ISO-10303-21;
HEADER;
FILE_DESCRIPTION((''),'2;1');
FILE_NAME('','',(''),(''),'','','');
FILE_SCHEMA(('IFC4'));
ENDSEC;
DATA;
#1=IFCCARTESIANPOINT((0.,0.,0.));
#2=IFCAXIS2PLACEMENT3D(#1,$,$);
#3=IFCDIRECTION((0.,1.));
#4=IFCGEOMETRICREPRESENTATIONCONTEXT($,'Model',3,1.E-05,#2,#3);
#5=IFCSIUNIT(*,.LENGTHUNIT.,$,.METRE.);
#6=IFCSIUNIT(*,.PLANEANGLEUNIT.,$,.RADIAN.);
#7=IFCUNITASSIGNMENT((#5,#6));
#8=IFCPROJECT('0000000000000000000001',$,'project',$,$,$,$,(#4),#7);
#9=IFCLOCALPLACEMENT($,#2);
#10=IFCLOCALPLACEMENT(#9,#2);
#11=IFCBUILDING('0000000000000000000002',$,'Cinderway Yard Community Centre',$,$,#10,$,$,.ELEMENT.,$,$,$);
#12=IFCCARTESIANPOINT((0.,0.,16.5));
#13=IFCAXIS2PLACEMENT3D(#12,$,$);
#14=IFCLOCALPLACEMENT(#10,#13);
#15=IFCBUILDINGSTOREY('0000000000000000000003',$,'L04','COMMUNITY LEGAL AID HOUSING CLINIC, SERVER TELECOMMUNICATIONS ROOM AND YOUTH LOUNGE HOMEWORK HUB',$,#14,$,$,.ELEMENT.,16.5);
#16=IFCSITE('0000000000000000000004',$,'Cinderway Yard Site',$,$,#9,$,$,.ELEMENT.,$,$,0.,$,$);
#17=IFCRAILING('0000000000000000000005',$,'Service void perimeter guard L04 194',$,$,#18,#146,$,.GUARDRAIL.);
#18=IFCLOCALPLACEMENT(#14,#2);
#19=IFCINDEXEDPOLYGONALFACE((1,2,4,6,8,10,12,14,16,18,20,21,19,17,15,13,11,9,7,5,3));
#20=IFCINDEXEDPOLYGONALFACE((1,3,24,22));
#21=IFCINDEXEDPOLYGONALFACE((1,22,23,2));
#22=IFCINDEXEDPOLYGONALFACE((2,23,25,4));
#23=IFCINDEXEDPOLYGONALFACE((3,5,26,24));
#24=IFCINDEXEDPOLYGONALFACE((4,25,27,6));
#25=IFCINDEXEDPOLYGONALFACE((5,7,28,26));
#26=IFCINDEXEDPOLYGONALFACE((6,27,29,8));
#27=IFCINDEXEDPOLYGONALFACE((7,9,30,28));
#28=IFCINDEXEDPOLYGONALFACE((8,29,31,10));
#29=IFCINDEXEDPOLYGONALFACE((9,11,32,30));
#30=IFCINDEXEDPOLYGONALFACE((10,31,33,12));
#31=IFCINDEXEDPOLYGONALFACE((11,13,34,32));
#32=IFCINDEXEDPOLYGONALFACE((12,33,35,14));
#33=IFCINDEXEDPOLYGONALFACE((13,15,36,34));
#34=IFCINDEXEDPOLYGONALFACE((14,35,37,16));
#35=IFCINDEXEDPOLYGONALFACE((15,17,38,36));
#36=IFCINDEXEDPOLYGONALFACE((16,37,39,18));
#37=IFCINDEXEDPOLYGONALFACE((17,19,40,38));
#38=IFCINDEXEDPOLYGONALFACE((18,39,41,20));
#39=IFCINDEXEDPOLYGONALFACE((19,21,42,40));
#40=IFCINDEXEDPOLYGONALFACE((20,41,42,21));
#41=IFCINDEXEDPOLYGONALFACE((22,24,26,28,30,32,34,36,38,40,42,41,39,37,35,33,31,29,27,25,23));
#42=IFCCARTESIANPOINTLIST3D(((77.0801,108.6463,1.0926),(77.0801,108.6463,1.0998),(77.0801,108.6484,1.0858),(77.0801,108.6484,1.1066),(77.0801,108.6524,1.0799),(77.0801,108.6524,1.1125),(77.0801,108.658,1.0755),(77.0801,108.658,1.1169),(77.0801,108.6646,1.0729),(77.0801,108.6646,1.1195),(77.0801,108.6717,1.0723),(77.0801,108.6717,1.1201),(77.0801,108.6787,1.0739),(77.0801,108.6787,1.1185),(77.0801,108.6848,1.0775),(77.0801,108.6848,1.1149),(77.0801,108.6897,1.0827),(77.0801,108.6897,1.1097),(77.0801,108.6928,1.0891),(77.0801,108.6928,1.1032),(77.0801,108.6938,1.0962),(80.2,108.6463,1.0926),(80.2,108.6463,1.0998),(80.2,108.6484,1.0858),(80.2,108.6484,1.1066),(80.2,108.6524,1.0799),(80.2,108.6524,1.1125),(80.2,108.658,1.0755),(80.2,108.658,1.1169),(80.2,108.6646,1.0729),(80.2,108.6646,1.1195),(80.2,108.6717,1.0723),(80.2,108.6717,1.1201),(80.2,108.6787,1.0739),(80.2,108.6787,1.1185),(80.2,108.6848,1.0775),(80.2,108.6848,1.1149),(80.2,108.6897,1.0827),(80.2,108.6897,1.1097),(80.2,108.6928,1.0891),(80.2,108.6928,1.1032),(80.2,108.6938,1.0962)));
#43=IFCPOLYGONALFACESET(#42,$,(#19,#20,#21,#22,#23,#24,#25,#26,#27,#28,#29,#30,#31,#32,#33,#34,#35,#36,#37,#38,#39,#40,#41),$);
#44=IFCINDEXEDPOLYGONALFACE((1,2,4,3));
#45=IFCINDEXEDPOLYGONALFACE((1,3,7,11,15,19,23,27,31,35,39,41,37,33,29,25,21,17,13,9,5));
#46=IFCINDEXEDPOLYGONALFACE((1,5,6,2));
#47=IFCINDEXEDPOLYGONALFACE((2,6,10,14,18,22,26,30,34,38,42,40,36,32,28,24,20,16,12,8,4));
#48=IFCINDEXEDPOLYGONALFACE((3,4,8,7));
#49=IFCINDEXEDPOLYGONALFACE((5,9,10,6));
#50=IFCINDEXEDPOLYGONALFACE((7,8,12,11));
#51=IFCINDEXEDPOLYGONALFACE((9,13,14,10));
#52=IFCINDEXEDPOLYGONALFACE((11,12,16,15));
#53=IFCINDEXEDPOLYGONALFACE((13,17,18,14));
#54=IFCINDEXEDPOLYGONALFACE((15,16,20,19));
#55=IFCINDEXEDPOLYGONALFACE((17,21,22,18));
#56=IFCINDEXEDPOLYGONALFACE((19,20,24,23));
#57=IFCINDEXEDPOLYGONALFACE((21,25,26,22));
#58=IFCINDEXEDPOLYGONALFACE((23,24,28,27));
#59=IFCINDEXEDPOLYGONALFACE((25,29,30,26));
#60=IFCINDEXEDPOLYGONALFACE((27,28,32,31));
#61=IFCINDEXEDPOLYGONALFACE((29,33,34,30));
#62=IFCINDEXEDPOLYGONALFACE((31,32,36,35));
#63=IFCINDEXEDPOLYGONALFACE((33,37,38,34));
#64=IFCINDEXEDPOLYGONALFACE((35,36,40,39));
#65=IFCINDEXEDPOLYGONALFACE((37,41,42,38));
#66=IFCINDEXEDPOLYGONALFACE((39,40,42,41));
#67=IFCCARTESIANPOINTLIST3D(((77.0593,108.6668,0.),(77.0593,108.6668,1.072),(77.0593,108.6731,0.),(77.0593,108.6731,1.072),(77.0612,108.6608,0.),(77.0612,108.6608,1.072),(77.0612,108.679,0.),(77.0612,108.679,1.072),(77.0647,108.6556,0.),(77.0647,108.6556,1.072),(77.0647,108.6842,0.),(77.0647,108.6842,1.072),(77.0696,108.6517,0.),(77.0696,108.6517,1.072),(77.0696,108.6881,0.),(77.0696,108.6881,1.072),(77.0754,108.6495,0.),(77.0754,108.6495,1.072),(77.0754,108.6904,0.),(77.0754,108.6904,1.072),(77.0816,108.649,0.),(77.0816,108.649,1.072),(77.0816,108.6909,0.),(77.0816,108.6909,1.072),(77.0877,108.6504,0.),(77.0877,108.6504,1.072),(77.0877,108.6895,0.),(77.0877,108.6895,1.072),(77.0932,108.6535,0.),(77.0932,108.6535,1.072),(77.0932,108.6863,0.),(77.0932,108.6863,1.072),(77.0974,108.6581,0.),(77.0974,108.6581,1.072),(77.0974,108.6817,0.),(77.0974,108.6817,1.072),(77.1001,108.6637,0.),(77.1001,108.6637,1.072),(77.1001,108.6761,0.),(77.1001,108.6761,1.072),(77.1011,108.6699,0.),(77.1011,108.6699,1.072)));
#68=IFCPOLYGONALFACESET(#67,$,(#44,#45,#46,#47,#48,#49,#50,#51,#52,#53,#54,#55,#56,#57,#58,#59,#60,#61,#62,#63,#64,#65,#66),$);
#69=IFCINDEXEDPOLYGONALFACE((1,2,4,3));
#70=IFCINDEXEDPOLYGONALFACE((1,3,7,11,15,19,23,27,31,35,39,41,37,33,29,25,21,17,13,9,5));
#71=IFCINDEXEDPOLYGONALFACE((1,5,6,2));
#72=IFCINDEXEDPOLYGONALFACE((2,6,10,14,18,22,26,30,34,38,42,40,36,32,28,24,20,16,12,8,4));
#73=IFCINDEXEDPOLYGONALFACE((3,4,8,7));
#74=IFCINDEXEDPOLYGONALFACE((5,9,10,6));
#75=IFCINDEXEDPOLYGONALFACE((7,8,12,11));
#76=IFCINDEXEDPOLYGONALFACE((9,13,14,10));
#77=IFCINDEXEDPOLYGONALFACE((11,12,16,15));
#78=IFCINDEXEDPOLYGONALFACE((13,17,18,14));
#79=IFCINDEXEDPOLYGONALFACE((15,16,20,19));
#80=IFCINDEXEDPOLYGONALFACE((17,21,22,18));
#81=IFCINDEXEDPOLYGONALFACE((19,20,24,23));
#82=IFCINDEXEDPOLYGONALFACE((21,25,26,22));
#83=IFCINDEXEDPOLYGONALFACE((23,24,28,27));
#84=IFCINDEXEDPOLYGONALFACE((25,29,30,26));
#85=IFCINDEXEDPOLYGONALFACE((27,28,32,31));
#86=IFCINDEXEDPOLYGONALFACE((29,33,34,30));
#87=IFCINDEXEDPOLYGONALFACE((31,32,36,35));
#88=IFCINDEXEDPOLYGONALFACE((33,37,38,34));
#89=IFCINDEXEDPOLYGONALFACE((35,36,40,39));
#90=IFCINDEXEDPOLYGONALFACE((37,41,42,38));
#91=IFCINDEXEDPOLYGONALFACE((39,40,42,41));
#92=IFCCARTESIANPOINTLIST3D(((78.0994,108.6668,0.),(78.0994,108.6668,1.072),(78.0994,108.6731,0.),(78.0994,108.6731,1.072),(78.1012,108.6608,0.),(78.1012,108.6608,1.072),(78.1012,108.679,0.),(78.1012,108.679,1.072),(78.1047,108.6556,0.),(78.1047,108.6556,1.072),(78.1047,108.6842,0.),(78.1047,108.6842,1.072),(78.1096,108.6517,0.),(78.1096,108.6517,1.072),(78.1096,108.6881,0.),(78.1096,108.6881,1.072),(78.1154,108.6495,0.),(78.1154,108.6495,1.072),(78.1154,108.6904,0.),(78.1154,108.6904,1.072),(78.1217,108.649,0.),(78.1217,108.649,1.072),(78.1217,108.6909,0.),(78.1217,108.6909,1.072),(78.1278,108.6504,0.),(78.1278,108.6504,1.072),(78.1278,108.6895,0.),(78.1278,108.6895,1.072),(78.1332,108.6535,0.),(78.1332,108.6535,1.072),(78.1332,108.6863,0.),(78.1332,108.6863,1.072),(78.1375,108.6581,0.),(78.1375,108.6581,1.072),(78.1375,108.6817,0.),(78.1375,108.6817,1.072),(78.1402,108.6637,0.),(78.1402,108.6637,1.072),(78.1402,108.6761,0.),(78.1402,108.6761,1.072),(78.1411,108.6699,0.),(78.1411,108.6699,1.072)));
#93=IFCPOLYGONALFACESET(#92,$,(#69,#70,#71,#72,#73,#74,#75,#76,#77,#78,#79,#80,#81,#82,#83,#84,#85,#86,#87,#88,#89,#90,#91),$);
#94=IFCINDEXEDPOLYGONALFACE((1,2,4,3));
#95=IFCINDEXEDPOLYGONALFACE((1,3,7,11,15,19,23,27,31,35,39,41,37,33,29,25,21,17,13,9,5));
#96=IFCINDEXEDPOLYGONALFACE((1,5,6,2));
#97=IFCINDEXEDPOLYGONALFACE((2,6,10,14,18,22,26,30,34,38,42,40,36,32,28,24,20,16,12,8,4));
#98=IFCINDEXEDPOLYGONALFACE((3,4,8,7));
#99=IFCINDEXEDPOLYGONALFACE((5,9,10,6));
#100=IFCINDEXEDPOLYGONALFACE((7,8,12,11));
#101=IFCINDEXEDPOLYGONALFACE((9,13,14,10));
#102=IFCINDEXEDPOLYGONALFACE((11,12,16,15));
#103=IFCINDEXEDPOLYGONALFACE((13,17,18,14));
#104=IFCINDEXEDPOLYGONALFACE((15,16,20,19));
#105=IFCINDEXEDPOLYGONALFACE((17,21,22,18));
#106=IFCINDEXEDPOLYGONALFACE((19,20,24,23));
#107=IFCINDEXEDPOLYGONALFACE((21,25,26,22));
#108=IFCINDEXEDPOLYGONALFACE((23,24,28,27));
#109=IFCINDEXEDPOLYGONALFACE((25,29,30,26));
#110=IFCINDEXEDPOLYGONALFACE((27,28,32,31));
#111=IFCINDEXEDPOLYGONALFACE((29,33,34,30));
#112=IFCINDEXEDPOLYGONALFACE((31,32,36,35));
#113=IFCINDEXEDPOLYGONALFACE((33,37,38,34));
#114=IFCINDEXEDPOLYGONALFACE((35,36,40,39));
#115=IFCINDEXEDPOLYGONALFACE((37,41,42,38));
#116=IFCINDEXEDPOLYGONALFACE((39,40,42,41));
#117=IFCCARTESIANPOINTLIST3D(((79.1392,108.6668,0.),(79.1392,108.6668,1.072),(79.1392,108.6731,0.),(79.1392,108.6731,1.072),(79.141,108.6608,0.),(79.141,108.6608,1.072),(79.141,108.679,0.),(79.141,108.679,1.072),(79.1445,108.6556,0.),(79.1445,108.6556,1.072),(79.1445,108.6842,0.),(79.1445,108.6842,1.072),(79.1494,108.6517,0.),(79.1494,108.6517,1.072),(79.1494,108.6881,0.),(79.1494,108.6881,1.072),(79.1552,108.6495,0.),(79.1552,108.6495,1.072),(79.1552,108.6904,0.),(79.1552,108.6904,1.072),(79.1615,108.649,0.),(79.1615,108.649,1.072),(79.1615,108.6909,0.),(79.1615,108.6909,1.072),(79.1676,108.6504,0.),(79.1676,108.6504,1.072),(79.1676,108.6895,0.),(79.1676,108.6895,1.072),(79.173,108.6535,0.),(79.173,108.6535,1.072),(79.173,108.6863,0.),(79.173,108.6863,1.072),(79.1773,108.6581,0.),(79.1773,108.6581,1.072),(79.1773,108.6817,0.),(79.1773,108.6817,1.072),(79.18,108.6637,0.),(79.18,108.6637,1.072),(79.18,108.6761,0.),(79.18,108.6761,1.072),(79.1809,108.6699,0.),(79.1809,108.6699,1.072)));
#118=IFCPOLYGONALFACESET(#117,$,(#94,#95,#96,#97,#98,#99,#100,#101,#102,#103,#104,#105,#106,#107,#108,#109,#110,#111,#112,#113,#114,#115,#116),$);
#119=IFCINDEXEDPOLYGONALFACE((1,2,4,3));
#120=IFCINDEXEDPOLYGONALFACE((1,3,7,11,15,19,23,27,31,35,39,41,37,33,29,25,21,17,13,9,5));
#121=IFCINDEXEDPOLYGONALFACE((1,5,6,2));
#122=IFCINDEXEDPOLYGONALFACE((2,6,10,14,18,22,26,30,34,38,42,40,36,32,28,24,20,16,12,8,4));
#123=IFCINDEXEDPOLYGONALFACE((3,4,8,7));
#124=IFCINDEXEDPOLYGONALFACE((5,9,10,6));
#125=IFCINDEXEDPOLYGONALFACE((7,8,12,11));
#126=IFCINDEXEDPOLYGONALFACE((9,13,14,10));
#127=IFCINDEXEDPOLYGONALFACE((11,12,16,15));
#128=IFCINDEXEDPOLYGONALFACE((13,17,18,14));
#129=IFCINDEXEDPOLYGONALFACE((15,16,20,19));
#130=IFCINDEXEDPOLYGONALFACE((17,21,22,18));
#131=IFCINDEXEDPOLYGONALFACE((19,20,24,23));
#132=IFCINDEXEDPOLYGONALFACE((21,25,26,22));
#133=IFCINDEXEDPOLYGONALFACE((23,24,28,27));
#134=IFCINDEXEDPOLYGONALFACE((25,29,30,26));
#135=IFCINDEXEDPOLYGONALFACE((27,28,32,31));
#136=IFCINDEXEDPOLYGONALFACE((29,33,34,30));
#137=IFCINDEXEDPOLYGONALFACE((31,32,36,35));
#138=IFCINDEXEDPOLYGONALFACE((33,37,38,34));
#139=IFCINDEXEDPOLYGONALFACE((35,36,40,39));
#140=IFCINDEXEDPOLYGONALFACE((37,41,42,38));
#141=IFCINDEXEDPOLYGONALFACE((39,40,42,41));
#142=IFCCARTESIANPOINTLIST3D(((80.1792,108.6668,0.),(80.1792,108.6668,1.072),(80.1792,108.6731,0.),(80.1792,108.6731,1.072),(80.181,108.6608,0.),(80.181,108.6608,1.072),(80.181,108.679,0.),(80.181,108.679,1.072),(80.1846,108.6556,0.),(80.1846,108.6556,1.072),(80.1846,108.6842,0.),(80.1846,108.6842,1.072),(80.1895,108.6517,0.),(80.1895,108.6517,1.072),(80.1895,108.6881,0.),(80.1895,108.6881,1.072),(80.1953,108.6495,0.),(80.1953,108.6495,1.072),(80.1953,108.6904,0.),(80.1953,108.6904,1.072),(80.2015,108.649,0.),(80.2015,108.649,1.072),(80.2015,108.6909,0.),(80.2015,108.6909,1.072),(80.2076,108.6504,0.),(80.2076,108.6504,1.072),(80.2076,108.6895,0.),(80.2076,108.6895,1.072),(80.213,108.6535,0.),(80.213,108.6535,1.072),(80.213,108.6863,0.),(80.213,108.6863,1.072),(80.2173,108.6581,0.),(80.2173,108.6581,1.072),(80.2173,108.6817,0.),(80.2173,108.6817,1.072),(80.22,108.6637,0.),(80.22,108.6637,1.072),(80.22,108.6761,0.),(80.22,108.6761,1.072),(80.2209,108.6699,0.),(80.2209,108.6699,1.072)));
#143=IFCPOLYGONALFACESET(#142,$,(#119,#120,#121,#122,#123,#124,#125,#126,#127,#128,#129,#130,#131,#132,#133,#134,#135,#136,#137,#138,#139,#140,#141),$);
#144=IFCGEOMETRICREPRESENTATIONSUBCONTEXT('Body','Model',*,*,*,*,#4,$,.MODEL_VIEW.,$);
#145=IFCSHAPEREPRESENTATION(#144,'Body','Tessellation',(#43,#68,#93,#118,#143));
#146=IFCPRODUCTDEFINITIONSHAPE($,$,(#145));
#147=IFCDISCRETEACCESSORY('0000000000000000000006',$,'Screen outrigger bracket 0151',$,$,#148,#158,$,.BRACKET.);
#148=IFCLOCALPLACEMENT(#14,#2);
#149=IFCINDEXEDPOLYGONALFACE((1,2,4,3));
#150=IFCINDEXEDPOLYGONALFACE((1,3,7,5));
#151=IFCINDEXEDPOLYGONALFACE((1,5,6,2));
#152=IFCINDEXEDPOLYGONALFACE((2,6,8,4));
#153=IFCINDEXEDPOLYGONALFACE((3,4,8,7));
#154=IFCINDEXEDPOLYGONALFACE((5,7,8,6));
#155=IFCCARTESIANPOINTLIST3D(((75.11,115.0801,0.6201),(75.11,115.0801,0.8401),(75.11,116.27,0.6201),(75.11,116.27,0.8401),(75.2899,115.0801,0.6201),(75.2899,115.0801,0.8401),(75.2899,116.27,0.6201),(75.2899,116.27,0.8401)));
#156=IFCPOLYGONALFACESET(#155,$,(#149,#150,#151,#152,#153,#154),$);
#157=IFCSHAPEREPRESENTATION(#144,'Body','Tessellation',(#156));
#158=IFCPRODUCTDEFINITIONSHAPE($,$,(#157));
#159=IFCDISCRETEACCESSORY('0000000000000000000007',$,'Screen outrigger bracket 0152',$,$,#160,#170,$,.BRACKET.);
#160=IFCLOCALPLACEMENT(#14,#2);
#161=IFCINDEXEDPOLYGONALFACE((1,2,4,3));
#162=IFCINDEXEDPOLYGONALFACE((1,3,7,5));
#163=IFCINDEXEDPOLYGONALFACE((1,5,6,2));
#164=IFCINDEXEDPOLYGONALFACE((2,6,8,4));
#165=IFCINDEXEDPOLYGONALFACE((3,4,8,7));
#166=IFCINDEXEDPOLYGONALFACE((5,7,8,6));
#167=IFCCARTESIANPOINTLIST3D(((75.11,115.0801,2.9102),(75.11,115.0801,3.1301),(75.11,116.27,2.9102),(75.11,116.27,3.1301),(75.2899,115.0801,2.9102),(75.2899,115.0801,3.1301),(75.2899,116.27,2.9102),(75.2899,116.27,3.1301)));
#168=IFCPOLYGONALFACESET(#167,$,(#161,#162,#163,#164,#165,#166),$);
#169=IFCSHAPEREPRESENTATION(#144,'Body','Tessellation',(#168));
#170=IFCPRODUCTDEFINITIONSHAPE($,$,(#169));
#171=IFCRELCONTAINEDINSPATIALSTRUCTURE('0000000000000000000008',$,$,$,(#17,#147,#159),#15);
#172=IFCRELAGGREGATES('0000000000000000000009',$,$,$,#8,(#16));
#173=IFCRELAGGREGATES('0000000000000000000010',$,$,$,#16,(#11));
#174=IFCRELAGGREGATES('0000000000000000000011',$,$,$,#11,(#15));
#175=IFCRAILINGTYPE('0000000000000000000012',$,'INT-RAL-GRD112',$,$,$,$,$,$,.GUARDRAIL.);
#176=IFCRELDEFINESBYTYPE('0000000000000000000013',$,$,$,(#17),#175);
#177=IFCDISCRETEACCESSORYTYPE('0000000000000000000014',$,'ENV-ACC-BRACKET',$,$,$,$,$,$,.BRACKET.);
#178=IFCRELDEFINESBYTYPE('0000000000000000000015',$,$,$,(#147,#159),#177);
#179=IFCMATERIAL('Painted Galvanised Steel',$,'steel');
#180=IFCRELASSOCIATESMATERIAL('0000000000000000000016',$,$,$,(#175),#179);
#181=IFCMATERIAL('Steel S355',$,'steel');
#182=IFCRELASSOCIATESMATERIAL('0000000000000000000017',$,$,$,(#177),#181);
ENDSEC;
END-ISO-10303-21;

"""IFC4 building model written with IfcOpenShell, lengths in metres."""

from ifc_helpers import new_model, si_unit, direction, frame, origin, origin_2d, place, context, subcontext, project, spatial, rectangle, circle, extrude, material, type_object, element, save


model = new_model("IFC4")

# Units and contexts
model_context = context("Model", 3, precision=1e-05, world=origin(), true_north=direction((0.0, 1.0)))
body_context = subcontext(model_context, "Body", "Model", "MODEL_VIEW")
ifc_project = project(units=[si_unit("LENGTHUNIT", "METRE"), si_unit("PLANEANGLEUNIT", "RADIAN")], contexts=[model_context])

# Site, building, storey
site_placement = place(None, origin())
site = spatial("IfcSite", under=ifc_project, at=site_placement, Name="Cinderway Yard Site", CompositionType="ELEMENT", RefElevation=0.0)
building_placement = place(site_placement, origin())
building = spatial("IfcBuilding", under=site, at=building_placement, Name="Cinderway Yard Community Centre", CompositionType="ELEMENT")
storey_placement = place(building_placement, frame((0.0, 0.0, 16.5)))
storey = spatial("IfcBuildingStorey", under=building, at=storey_placement, Name="L04", Description="COMMUNITY LEGAL AID HOUSING CLINIC, SERVER TELECOMMUNICATIONS ROOM AND YOUTH LOUNGE HOMEWORK HUB", CompositionType="ELEMENT", Elevation=16.5)

# Shared definitions
ifc_material_1 = material(Name="Steel S355", Category="steel")

# Railing
ifc_material_2 = material(Name="Painted Galvanised Steel", Category="steel")
railing_type = type_object("IfcRailingType", Name="INT-RAL-GRD112", PredefinedType="GUARDRAIL", material=ifc_material_2)
railing_1_placement = place(storey_placement, frame((77.0801, 108.6699, 0.0)))
element("IfcRailing", 1, at=railing_1_placement, inside=storey, type_object=railing_type, Name="Service void perimeter guard L04 194", PredefinedType="GUARDRAIL", context=body_context, shape_type="SweptSolid", body=[
    extrude(circle(Radius=0.0239, at=origin_2d()), frame((0.0, 0.0, 1.0962), z_axis=(1.0, 0.0, 0.0), x_axis=(0.0, 1.0, 0.0)), (0.0, 0.0, 1.0), 3.1199),
    extrude(circle(Radius=0.021, at=origin_2d()), origin(), (0.0, 0.0, 1.0), 1.072),
    extrude(circle(Radius=0.021, at=origin_2d()), frame((1.04, 0.0, 0.0)), (0.0, 0.0, 1.0), 1.072),
    extrude(circle(Radius=0.021, at=origin_2d()), frame((2.0798, 0.0, 0.0)), (0.0, 0.0, 1.0), 1.072),
    extrude(circle(Radius=0.021, at=origin_2d()), frame((3.1199, 0.0, 0.0)), (0.0, 0.0, 1.0), 1.072),
])

# Discrete accessories
discrete_accessory_type = type_object("IfcDiscreteAccessoryType", Name="ENV-ACC-BRACKET", PredefinedType="BRACKET", material=ifc_material_1)
for number, where, z_axis, x_axis, name in (
    (2, (75.2, 115.675, 0.6201), (0.0, 0.0, 1.0), (0.0, 1.0, 0.0), "Screen outrigger bracket 0151"),
    (3, (75.2, 115.675, 2.9102), (0.0, 0.0, 1.0), (0.0, 1.0, 0.0), "Screen outrigger bracket 0152"),
):
    element("IfcDiscreteAccessory", number, at=place(storey_placement, frame(where, z_axis=z_axis, x_axis=x_axis)), inside=storey, type_object=discrete_accessory_type, Name=name, PredefinedType="BRACKET", context=body_context, shape_type="SweptSolid", body=[
        extrude(rectangle(XDim=1.1899, YDim=0.1799, at=origin_2d()), origin(), (0.0, 0.0, 1.0), 0.22),
    ])

save(model, "model.ifc")
